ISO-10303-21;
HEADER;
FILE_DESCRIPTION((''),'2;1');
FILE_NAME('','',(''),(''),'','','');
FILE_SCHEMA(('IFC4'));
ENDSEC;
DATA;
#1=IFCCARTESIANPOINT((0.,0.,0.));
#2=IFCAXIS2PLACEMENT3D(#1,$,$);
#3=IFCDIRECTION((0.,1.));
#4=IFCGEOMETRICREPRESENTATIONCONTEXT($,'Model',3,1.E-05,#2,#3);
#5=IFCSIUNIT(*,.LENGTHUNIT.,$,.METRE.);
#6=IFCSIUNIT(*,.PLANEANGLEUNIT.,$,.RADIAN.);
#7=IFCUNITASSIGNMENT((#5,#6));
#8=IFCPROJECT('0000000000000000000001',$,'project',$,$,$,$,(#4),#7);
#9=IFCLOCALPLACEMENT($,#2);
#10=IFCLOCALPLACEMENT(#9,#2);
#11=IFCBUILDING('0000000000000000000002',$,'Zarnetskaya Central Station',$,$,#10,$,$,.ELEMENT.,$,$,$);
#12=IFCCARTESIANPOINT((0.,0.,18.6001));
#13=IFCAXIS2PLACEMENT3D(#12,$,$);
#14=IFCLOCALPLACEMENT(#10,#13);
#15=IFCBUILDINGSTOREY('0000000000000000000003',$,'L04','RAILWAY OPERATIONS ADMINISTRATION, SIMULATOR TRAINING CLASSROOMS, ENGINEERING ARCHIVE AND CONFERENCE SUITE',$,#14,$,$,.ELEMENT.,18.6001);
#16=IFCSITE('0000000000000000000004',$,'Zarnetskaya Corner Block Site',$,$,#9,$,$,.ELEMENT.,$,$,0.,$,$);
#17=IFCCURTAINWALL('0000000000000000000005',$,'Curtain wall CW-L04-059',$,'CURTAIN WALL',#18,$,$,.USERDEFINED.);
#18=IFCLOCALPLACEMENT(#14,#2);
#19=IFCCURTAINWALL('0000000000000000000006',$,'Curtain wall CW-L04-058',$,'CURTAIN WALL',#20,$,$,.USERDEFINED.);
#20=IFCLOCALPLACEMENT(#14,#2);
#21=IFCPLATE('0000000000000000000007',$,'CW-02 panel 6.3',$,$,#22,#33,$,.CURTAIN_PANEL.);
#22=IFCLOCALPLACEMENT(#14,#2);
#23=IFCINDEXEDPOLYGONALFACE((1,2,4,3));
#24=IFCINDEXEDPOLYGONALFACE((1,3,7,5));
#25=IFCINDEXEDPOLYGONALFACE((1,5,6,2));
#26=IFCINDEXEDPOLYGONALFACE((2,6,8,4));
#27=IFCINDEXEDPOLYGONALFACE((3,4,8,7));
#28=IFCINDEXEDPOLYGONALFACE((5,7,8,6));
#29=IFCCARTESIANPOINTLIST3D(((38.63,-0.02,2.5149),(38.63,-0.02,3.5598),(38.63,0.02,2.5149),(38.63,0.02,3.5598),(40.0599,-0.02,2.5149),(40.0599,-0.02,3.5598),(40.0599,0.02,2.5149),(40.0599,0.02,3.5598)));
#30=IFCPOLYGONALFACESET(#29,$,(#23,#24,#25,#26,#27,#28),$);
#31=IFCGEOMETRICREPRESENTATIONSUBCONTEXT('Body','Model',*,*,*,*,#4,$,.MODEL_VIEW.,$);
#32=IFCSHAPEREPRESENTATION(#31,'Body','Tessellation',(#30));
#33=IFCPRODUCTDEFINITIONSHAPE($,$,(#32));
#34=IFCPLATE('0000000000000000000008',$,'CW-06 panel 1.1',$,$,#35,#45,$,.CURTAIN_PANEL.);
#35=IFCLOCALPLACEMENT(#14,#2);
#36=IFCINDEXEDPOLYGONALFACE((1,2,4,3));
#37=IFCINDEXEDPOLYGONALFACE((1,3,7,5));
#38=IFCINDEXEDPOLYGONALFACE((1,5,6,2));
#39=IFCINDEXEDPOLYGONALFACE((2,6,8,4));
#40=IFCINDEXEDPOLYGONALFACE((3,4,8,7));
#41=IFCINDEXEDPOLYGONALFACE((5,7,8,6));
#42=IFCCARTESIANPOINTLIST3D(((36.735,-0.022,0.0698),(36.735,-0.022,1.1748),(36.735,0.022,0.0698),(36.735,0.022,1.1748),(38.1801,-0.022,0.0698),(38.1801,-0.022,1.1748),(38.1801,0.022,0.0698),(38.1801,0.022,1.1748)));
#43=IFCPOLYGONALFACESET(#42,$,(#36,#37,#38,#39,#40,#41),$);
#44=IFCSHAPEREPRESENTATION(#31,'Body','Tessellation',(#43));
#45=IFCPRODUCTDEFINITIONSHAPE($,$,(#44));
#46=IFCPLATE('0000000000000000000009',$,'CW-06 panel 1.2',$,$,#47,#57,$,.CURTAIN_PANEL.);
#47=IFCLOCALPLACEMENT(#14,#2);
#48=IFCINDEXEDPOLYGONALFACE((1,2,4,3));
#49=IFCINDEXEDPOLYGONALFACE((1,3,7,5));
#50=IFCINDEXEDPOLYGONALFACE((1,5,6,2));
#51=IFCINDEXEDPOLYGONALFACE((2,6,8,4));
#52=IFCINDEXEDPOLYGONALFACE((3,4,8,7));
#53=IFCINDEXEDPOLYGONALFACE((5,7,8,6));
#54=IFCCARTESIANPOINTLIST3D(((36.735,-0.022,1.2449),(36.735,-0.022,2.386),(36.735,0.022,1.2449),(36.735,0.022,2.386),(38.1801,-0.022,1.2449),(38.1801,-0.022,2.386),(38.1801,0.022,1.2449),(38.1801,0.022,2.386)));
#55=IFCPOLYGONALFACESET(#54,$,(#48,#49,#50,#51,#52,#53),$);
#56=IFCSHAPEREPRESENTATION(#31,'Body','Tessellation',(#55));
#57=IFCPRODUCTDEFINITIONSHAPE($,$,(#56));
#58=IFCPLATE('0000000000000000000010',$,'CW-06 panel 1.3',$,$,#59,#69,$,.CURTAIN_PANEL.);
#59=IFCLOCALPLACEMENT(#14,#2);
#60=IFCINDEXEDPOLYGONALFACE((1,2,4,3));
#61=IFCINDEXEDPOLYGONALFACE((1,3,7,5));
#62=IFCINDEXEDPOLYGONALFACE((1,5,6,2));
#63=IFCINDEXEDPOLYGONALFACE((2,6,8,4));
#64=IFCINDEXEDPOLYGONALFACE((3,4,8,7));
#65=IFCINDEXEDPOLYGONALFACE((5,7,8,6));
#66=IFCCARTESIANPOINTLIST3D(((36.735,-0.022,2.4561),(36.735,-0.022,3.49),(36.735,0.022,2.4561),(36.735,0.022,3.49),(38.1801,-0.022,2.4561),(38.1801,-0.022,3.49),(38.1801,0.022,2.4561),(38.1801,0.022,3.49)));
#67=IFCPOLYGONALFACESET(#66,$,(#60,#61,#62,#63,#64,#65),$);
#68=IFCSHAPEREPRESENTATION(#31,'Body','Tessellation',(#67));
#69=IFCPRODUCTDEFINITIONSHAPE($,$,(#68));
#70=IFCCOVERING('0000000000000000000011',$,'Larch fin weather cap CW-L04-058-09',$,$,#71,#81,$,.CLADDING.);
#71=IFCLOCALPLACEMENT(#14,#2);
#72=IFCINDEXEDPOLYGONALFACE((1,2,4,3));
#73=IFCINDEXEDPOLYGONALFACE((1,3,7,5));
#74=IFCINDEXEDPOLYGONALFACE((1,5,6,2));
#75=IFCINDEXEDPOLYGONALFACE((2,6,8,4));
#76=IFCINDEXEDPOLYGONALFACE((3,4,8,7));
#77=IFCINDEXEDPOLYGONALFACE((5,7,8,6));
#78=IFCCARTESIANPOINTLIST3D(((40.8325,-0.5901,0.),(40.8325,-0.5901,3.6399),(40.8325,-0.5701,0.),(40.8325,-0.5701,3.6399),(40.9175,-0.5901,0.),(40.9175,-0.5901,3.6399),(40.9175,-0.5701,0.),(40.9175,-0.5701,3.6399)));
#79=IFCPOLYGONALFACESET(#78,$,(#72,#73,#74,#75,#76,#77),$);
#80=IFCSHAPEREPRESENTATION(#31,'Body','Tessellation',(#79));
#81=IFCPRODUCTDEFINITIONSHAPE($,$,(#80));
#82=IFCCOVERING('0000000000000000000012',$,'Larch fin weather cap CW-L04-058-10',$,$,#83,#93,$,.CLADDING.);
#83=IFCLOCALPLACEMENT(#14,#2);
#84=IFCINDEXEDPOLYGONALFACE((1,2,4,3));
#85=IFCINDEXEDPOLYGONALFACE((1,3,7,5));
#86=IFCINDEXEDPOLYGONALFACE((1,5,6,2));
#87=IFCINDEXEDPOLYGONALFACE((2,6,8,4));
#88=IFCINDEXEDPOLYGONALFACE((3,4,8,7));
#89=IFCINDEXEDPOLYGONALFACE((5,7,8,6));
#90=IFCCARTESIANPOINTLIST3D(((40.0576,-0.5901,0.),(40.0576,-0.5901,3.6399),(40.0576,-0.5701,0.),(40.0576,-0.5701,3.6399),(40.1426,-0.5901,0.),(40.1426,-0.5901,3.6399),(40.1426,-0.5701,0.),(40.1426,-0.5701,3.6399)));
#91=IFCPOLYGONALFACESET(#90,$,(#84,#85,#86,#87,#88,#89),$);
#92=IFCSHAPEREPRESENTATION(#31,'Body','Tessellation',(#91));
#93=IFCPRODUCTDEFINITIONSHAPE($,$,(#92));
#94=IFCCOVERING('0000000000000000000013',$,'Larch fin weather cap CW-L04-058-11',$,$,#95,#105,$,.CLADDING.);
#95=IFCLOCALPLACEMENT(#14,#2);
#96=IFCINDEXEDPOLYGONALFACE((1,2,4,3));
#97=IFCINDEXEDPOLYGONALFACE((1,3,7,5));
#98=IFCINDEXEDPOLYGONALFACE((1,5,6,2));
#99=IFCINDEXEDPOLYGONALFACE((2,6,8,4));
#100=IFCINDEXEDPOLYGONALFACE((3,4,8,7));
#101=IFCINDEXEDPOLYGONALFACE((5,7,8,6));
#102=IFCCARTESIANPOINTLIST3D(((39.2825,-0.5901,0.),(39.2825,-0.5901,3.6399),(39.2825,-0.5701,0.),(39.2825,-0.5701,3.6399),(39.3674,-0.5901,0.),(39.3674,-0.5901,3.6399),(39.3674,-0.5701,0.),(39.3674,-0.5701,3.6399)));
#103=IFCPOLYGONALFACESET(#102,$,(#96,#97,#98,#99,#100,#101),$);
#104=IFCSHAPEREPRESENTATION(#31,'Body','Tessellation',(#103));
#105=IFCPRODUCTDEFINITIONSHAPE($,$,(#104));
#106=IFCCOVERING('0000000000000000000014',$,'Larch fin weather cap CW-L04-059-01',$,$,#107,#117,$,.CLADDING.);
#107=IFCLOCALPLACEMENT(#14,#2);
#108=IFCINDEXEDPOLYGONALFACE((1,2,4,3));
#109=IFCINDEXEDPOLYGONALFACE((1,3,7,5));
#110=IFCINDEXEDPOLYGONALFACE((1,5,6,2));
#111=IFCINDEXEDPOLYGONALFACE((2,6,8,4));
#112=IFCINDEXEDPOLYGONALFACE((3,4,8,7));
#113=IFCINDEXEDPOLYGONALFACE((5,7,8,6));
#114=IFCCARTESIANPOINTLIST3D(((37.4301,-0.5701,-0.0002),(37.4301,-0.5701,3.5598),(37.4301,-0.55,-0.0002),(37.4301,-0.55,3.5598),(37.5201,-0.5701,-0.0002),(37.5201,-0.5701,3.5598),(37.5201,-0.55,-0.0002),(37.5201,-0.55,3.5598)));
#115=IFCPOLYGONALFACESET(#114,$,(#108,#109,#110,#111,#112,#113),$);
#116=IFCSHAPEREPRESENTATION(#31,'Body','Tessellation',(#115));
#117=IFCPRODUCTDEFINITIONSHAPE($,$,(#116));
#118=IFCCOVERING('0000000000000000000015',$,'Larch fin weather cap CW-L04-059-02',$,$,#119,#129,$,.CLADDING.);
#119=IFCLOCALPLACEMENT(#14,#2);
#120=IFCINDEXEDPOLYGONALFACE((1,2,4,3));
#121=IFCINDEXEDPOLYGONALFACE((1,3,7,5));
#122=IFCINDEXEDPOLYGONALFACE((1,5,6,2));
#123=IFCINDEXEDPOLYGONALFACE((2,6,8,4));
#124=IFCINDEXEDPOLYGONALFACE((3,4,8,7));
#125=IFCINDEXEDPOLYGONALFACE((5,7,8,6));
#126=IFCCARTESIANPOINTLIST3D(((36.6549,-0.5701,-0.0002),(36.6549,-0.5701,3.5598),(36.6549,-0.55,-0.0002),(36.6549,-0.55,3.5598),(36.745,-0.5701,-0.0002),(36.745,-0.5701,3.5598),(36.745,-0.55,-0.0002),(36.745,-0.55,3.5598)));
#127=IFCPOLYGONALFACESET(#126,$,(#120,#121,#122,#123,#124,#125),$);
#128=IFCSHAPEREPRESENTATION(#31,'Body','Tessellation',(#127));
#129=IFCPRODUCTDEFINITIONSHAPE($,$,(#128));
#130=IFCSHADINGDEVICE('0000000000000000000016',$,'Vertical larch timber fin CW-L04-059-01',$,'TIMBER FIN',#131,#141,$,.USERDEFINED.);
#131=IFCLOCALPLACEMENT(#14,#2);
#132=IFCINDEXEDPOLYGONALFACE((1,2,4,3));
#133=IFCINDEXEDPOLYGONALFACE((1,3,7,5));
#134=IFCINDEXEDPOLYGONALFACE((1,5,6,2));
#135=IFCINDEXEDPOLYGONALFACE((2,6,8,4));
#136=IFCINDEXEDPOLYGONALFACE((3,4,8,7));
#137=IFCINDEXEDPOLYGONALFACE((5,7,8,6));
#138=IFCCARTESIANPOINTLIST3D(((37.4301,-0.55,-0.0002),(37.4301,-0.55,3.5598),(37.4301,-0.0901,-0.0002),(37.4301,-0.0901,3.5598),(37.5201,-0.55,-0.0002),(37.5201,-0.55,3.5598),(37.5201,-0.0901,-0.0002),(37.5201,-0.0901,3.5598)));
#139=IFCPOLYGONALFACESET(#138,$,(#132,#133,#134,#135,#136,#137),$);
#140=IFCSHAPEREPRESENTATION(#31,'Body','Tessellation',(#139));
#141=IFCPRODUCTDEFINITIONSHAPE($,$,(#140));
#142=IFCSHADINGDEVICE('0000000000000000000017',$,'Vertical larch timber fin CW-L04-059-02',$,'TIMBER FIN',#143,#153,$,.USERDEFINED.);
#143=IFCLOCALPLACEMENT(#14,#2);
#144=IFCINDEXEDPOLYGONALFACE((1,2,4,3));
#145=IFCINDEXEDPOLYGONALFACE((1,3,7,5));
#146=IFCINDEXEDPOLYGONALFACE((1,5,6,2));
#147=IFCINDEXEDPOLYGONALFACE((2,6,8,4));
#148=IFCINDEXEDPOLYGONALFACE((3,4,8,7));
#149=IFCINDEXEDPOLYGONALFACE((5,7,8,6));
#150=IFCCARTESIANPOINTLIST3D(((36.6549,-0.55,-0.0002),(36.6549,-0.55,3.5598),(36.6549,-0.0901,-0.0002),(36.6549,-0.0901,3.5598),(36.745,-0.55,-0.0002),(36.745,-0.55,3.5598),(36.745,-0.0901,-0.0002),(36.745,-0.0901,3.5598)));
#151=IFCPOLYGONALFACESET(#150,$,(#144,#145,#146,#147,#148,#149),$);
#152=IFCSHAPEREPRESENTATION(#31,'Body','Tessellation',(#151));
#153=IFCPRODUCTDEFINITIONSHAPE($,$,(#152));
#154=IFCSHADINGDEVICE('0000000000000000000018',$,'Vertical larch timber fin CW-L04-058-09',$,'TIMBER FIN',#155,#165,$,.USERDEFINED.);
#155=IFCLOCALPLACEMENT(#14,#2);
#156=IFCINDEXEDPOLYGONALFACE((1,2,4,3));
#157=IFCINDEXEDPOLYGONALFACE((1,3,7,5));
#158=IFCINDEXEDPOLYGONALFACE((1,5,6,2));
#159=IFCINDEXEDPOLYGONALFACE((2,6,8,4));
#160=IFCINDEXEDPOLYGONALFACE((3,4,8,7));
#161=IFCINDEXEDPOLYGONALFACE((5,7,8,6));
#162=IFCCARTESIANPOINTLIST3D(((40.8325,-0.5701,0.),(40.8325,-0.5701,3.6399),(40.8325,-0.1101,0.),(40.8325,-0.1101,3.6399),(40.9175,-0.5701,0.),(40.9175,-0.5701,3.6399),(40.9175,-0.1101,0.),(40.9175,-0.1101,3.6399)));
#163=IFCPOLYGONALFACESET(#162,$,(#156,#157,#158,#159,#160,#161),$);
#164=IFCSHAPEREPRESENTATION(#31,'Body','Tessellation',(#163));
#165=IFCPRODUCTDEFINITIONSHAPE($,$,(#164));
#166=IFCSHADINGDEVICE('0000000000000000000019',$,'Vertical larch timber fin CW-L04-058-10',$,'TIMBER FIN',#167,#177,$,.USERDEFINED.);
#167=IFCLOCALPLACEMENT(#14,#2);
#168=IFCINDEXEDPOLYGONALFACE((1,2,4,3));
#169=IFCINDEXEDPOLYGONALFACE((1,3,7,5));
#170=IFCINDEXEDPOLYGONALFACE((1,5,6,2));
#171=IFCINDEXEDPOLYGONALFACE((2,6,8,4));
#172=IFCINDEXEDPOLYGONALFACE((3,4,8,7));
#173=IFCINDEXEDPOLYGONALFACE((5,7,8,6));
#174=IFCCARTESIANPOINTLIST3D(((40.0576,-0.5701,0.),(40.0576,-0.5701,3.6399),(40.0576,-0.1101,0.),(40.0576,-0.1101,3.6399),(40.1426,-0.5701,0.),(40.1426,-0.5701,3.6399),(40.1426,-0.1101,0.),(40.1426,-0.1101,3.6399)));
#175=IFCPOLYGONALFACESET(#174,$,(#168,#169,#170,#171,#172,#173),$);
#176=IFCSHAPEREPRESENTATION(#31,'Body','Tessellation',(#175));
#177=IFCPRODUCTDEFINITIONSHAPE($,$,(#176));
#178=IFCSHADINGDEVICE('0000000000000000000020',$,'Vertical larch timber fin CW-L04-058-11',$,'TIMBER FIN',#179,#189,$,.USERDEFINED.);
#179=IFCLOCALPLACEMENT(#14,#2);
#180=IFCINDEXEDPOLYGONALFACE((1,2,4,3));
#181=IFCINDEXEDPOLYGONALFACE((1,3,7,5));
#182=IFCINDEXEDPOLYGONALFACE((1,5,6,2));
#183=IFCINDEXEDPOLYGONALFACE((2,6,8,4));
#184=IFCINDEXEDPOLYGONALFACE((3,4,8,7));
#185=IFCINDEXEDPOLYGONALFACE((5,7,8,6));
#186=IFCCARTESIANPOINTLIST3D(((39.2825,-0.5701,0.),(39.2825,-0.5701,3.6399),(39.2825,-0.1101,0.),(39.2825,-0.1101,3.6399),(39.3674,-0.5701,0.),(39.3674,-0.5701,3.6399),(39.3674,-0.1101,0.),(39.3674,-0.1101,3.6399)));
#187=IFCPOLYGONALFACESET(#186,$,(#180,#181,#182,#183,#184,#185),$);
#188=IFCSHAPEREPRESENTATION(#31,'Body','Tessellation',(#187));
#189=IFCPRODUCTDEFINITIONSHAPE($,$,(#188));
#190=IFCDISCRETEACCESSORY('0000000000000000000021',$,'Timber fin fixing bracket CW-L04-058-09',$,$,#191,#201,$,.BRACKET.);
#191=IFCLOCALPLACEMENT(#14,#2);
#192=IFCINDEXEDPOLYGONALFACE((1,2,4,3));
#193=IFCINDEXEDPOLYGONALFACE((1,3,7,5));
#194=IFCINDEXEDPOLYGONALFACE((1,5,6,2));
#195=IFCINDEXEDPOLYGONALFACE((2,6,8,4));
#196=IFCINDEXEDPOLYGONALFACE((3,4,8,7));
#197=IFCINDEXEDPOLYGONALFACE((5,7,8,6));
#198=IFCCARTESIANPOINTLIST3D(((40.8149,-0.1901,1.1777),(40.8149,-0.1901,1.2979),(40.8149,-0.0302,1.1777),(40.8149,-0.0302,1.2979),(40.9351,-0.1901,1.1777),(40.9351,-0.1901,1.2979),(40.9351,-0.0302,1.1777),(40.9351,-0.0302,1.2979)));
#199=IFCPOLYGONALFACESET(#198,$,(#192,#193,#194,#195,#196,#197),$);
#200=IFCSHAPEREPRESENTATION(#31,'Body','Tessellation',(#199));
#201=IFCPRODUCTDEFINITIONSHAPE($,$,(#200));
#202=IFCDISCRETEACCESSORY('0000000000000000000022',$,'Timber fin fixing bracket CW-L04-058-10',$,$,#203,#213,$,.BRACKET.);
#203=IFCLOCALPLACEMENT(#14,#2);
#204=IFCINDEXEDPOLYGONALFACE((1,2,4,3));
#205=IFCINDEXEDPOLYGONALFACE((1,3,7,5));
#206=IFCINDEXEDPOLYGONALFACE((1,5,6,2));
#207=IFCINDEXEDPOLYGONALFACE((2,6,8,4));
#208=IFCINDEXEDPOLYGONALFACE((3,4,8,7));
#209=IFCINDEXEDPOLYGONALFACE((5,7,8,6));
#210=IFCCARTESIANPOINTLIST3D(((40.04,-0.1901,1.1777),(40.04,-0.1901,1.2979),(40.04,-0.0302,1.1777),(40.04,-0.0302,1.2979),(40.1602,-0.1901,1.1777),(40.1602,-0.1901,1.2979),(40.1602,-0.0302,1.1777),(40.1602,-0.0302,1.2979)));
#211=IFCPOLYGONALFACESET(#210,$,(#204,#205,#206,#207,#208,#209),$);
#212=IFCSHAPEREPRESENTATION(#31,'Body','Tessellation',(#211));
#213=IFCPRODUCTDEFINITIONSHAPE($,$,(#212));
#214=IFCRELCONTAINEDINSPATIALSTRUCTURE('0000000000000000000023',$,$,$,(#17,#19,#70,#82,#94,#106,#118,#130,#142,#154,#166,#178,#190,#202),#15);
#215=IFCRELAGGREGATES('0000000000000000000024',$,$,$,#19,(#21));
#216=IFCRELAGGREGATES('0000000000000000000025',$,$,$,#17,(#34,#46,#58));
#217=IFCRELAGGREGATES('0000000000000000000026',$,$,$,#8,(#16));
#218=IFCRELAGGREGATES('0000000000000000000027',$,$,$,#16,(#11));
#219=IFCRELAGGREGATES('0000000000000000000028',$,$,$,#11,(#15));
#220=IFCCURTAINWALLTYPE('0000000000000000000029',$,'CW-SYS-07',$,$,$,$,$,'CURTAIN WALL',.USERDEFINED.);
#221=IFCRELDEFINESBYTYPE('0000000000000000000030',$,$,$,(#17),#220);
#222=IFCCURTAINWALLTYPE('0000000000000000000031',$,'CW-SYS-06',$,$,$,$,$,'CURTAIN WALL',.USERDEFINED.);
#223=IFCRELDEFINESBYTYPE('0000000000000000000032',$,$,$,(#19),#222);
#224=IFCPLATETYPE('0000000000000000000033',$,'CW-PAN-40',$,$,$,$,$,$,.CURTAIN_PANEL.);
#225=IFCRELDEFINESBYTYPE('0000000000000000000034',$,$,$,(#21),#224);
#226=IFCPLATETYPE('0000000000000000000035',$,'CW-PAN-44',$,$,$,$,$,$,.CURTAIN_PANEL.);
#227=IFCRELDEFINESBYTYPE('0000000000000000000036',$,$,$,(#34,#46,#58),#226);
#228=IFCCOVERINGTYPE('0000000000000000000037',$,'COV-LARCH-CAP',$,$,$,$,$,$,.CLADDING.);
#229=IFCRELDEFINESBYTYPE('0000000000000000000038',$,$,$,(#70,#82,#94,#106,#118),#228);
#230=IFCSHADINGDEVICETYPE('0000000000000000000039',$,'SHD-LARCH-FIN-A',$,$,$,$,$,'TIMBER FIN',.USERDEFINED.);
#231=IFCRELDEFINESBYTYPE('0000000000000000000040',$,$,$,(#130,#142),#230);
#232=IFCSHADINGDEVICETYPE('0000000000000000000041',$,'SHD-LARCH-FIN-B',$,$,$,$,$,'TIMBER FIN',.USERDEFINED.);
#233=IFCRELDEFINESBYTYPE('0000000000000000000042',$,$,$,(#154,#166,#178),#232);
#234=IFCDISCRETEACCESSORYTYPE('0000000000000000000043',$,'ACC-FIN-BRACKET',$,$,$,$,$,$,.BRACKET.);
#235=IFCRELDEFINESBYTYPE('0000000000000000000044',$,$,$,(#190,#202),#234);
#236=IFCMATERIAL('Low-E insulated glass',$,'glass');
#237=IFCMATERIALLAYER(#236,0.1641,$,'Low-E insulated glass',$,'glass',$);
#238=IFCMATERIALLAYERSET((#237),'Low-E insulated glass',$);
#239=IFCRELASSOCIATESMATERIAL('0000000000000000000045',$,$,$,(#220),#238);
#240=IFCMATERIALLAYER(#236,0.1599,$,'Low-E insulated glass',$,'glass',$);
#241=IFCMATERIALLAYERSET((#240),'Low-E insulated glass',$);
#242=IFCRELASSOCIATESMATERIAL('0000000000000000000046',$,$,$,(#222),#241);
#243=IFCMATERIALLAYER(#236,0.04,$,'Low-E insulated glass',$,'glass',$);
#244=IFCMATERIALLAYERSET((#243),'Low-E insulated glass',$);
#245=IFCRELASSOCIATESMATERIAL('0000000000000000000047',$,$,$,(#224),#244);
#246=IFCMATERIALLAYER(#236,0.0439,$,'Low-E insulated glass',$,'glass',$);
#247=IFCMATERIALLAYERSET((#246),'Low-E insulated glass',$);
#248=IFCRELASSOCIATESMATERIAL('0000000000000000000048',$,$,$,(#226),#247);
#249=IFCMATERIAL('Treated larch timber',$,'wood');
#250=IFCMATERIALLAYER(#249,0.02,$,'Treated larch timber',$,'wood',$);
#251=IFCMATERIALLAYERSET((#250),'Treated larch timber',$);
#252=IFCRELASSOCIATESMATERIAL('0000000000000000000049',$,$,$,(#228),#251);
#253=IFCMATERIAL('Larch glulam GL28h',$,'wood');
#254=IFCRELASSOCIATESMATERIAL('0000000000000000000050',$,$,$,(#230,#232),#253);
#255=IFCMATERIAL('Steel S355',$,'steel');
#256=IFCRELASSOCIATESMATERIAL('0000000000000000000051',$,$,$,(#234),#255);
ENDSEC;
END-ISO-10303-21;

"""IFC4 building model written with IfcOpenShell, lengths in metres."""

from ifc_helpers import new_model, si_unit, direction, frame, origin, origin_2d, place, context, subcontext, project, spatial, rectangle, extrude, material, layer, layer_set, type_object, element, aggregate, save


model = new_model("IFC4")

# Units and contexts
model_context = context("Model", 3, precision=1e-05, world=origin(), true_north=direction((0.0, 1.0)))
body_context = subcontext(model_context, "Body", "Model", "MODEL_VIEW")
ifc_project = project(units=[si_unit("LENGTHUNIT", "METRE"), si_unit("PLANEANGLEUNIT", "RADIAN")], contexts=[model_context])

# Site, building, storey
site_placement = place(None, origin())
site = spatial("IfcSite", under=ifc_project, at=site_placement, Name="Zarnetskaya Corner Block Site", CompositionType="ELEMENT", RefElevation=0.0)
building_placement = place(site_placement, origin())
building = spatial("IfcBuilding", under=site, at=building_placement, Name="Zarnetskaya Central Station", CompositionType="ELEMENT")
storey_placement = place(building_placement, frame((0.0, 0.0, 18.6001)))
storey = spatial("IfcBuildingStorey", under=building, at=storey_placement, Name="L04", Description="RAILWAY OPERATIONS ADMINISTRATION, SIMULATOR TRAINING CLASSROOMS, ENGINEERING ARCHIVE AND CONFERENCE SUITE", CompositionType="ELEMENT", Elevation=18.6001)

# Shared definitions
ifc_material_1 = material(Name="Steel S355", Category="steel")

# Curtain walls
ifc_material_2 = material(Name="Low-E insulated glass", Category="glass")
ifc_layer_1 = layer(ifc_material_2, 0.1641, Name="Low-E insulated glass", Category="glass")
ifc_layer_set_1 = layer_set([ifc_layer_1], Name="Low-E insulated glass")
curtain_wall_type_1 = type_object("IfcCurtainWallType", Name="CW-SYS-07", ElementType="CURTAIN WALL", PredefinedType="USERDEFINED", material=ifc_layer_set_1)
curtain_wall_1_placement = place(storey_placement, origin())
curtain_wall_1 = element("IfcCurtainWall", 1, at=curtain_wall_1_placement, inside=storey, type_object=curtain_wall_type_1, Name="Curtain wall CW-L04-059", ObjectType="CURTAIN WALL", PredefinedType="USERDEFINED")
ifc_layer_2 = layer(ifc_material_2, 0.1599, Name="Low-E insulated glass", Category="glass")
ifc_layer_set_2 = layer_set([ifc_layer_2], Name="Low-E insulated glass")
curtain_wall_type_2 = type_object("IfcCurtainWallType", Name="CW-SYS-06", ElementType="CURTAIN WALL", PredefinedType="USERDEFINED", material=ifc_layer_set_2)
curtain_wall_2_placement = place(storey_placement, origin())
curtain_wall_2 = element("IfcCurtainWall", 2, at=curtain_wall_2_placement, inside=storey, type_object=curtain_wall_type_2, Name="Curtain wall CW-L04-058", ObjectType="CURTAIN WALL", PredefinedType="USERDEFINED")

# Plates
ifc_layer_3 = layer(ifc_material_2, 0.04, Name="Low-E insulated glass", Category="glass")
ifc_layer_set_3 = layer_set([ifc_layer_3], Name="Low-E insulated glass")
plate_type_1 = type_object("IfcPlateType", Name="CW-PAN-40", PredefinedType="CURTAIN_PANEL", material=ifc_layer_set_3)
plate_1_placement = place(storey_placement, frame((39.345, 0.0, 2.5149), z_axis=(0.0, 0.0, 1.0), x_axis=(-1.0, 0.0, 0.0)))
plate_1 = element("IfcPlate", 3, at=plate_1_placement, type_object=plate_type_1, Name="CW-02 panel 6.3", PredefinedType="CURTAIN_PANEL", context=body_context, shape_type="SweptSolid", body=[
    extrude(rectangle(XDim=1.4299, YDim=0.04, at=origin_2d()), origin(), (0.0, 0.0, 1.0), 1.0449),
])
aggregate(curtain_wall_2, [plate_1])
ifc_layer_4 = layer(ifc_material_2, 0.0439, Name="Low-E insulated glass", Category="glass")
ifc_layer_set_4 = layer_set([ifc_layer_4], Name="Low-E insulated glass")
plate_type_2 = type_object("IfcPlateType", Name="CW-PAN-44", PredefinedType="CURTAIN_PANEL", material=ifc_layer_set_4)
plate_2_placement = place(storey_placement, frame((37.4575, 0.0, 0.0698), z_axis=(0.0, 0.0, 1.0), x_axis=(-1.0, 0.0, 0.0)))
plate_2 = element("IfcPlate", 4, at=plate_2_placement, type_object=plate_type_2, Name="CW-06 panel 1.1", PredefinedType="CURTAIN_PANEL", context=body_context, shape_type="SweptSolid", body=[
    extrude(rectangle(XDim=1.4451, YDim=0.0439, at=origin_2d()), origin(), (0.0, 0.0, 1.0), 1.105),
])
plate_3_placement = place(storey_placement, frame((37.4575, 0.0, 1.2449), z_axis=(0.0, 0.0, 1.0), x_axis=(-1.0, 0.0, 0.0)))
plate_3 = element("IfcPlate", 5, at=plate_3_placement, type_object=plate_type_2, Name="CW-06 panel 1.2", PredefinedType="CURTAIN_PANEL", context=body_context, shape_type="SweptSolid", body=[
    extrude(rectangle(XDim=1.4451, YDim=0.0439, at=origin_2d()), origin(), (0.0, 0.0, 1.0), 1.1411),
])
plate_4_placement = place(storey_placement, frame((37.4575, 0.0, 2.4561), z_axis=(0.0, 0.0, 1.0), x_axis=(-1.0, 0.0, 0.0)))
plate_4 = element("IfcPlate", 6, at=plate_4_placement, type_object=plate_type_2, Name="CW-06 panel 1.3", PredefinedType="CURTAIN_PANEL", context=body_context, shape_type="SweptSolid", body=[
    extrude(rectangle(XDim=1.4451, YDim=0.0439, at=origin_2d()), origin(), (0.0, 0.0, 1.0), 1.0339),
])
aggregate(curtain_wall_1, [plate_2, plate_3, plate_4])

# Coverings
ifc_material_3 = material(Name="Treated larch timber", Category="wood")
ifc_layer_5 = layer(ifc_material_3, 0.02, Name="Treated larch timber", Category="wood")
ifc_layer_set_5 = layer_set([ifc_layer_5], Name="Treated larch timber")
covering_type = type_object("IfcCoveringType", Name="COV-LARCH-CAP", PredefinedType="CLADDING", material=ifc_layer_set_5)
for number, where, z_axis, x_axis, name in (
    (7, (40.875, -0.5801, 0.0), (0.0, 0.0, 1.0), (-1.0, 0.0, 0.0), "Larch fin weather cap CW-L04-058-09"),
    (8, (40.1001, -0.5801, 0.0), (0.0, 0.0, 1.0), (-1.0, 0.0, 0.0), "Larch fin weather cap CW-L04-058-10"),
    (9, (39.325, -0.5801, 0.0), (0.0, 0.0, 1.0), (-1.0, 0.0, 0.0), "Larch fin weather cap CW-L04-058-11"),
):
    element("IfcCovering", number, at=place(storey_placement, frame(where, z_axis=z_axis, x_axis=x_axis)), inside=storey, type_object=covering_type, Name=name, PredefinedType="CLADDING", context=body_context, shape_type="SweptSolid", body=[
        extrude(rectangle(XDim=0.085, YDim=0.02, at=origin_2d()), origin(), (0.0, 0.0, 1.0), 3.6399),
    ])
for number, where, z_axis, x_axis, name in (
    (10, (37.4751, -0.5601, -0.0002), (0.0, 0.0, 1.0), (-1.0, 0.0, 0.0), "Larch fin weather cap CW-L04-059-01"),
    (11, (36.7, -0.5601, -0.0002), (0.0, 0.0, 1.0), (-1.0, 0.0, 0.0), "Larch fin weather cap CW-L04-059-02"),
):
    element("IfcCovering", number, at=place(storey_placement, frame(where, z_axis=z_axis, x_axis=x_axis)), inside=storey, type_object=covering_type, Name=name, PredefinedType="CLADDING", context=body_context, shape_type="SweptSolid", body=[
        extrude(rectangle(XDim=0.0901, YDim=0.02, at=origin_2d()), origin(), (0.0, 0.0, 1.0), 3.5601),
    ])

# Shading devices
ifc_material_4 = material(Name="Larch glulam GL28h", Category="wood")
shading_device_type_1 = type_object("IfcShadingDeviceType", Name="SHD-LARCH-FIN-A", ElementType="TIMBER FIN", PredefinedType="USERDEFINED", material=ifc_material_4)
for number, where, z_axis, x_axis, name in (
    (12, (37.4751, -0.3201, -0.0002), (0.0, 0.0, 1.0), (-1.0, 0.0, 0.0), "Vertical larch timber fin CW-L04-059-01"),
    (13, (36.7, -0.3201, -0.0002), (0.0, 0.0, 1.0), (-1.0, 0.0, 0.0), "Vertical larch timber fin CW-L04-059-02"),
):
    element("IfcShadingDevice", number, at=place(storey_placement, frame(where, z_axis=z_axis, x_axis=x_axis)), inside=storey, type_object=shading_device_type_1, Name=name, ObjectType="TIMBER FIN", PredefinedType="USERDEFINED", context=body_context, shape_type="SweptSolid", body=[
        extrude(rectangle(XDim=0.0901, YDim=0.46, at=origin_2d()), origin(), (0.0, 0.0, 1.0), 3.5601),
    ])
shading_device_type_2 = type_object("IfcShadingDeviceType", Name="SHD-LARCH-FIN-B", ElementType="TIMBER FIN", PredefinedType="USERDEFINED", material=ifc_material_4)
for number, where, z_axis, x_axis, name in (
    (14, (40.875, -0.3401, 0.0), (0.0, 0.0, 1.0), (-1.0, 0.0, 0.0), "Vertical larch timber fin CW-L04-058-09"),
    (15, (40.1001, -0.3401, 0.0), (0.0, 0.0, 1.0), (-1.0, 0.0, 0.0), "Vertical larch timber fin CW-L04-058-10"),
    (16, (39.325, -0.3401, 0.0), (0.0, 0.0, 1.0), (-1.0, 0.0, 0.0), "Vertical larch timber fin CW-L04-058-11"),
):
    element("IfcShadingDevice", number, at=place(storey_placement, frame(where, z_axis=z_axis, x_axis=x_axis)), inside=storey, type_object=shading_device_type_2, Name=name, ObjectType="TIMBER FIN", PredefinedType="USERDEFINED", context=body_context, shape_type="SweptSolid", body=[
        extrude(rectangle(XDim=0.085, YDim=0.46, at=origin_2d()), origin(), (0.0, 0.0, 1.0), 3.6399),
    ])

# Discrete accessories
discrete_accessory_type = type_object("IfcDiscreteAccessoryType", Name="ACC-FIN-BRACKET", PredefinedType="BRACKET", material=ifc_material_1)
for number, where, z_axis, x_axis, name in (
    (17, (40.875, -0.1101, 1.1777), (0.0, 0.0, 1.0), (-1.0, 0.0, 0.0), "Timber fin fixing bracket CW-L04-058-09"),
    (18, (40.1001, -0.1101, 1.1777), (0.0, 0.0, 1.0), (-1.0, 0.0, 0.0), "Timber fin fixing bracket CW-L04-058-10"),
):
    element("IfcDiscreteAccessory", number, at=place(storey_placement, frame(where, z_axis=z_axis, x_axis=x_axis)), inside=storey, type_object=discrete_accessory_type, Name=name, PredefinedType="BRACKET", context=body_context, shape_type="SweptSolid", body=[
        extrude(rectangle(XDim=0.1201, YDim=0.1599, at=origin_2d()), origin(), (0.0, 0.0, 1.0), 0.1201),
    ])

save(model, "model.ifc")
